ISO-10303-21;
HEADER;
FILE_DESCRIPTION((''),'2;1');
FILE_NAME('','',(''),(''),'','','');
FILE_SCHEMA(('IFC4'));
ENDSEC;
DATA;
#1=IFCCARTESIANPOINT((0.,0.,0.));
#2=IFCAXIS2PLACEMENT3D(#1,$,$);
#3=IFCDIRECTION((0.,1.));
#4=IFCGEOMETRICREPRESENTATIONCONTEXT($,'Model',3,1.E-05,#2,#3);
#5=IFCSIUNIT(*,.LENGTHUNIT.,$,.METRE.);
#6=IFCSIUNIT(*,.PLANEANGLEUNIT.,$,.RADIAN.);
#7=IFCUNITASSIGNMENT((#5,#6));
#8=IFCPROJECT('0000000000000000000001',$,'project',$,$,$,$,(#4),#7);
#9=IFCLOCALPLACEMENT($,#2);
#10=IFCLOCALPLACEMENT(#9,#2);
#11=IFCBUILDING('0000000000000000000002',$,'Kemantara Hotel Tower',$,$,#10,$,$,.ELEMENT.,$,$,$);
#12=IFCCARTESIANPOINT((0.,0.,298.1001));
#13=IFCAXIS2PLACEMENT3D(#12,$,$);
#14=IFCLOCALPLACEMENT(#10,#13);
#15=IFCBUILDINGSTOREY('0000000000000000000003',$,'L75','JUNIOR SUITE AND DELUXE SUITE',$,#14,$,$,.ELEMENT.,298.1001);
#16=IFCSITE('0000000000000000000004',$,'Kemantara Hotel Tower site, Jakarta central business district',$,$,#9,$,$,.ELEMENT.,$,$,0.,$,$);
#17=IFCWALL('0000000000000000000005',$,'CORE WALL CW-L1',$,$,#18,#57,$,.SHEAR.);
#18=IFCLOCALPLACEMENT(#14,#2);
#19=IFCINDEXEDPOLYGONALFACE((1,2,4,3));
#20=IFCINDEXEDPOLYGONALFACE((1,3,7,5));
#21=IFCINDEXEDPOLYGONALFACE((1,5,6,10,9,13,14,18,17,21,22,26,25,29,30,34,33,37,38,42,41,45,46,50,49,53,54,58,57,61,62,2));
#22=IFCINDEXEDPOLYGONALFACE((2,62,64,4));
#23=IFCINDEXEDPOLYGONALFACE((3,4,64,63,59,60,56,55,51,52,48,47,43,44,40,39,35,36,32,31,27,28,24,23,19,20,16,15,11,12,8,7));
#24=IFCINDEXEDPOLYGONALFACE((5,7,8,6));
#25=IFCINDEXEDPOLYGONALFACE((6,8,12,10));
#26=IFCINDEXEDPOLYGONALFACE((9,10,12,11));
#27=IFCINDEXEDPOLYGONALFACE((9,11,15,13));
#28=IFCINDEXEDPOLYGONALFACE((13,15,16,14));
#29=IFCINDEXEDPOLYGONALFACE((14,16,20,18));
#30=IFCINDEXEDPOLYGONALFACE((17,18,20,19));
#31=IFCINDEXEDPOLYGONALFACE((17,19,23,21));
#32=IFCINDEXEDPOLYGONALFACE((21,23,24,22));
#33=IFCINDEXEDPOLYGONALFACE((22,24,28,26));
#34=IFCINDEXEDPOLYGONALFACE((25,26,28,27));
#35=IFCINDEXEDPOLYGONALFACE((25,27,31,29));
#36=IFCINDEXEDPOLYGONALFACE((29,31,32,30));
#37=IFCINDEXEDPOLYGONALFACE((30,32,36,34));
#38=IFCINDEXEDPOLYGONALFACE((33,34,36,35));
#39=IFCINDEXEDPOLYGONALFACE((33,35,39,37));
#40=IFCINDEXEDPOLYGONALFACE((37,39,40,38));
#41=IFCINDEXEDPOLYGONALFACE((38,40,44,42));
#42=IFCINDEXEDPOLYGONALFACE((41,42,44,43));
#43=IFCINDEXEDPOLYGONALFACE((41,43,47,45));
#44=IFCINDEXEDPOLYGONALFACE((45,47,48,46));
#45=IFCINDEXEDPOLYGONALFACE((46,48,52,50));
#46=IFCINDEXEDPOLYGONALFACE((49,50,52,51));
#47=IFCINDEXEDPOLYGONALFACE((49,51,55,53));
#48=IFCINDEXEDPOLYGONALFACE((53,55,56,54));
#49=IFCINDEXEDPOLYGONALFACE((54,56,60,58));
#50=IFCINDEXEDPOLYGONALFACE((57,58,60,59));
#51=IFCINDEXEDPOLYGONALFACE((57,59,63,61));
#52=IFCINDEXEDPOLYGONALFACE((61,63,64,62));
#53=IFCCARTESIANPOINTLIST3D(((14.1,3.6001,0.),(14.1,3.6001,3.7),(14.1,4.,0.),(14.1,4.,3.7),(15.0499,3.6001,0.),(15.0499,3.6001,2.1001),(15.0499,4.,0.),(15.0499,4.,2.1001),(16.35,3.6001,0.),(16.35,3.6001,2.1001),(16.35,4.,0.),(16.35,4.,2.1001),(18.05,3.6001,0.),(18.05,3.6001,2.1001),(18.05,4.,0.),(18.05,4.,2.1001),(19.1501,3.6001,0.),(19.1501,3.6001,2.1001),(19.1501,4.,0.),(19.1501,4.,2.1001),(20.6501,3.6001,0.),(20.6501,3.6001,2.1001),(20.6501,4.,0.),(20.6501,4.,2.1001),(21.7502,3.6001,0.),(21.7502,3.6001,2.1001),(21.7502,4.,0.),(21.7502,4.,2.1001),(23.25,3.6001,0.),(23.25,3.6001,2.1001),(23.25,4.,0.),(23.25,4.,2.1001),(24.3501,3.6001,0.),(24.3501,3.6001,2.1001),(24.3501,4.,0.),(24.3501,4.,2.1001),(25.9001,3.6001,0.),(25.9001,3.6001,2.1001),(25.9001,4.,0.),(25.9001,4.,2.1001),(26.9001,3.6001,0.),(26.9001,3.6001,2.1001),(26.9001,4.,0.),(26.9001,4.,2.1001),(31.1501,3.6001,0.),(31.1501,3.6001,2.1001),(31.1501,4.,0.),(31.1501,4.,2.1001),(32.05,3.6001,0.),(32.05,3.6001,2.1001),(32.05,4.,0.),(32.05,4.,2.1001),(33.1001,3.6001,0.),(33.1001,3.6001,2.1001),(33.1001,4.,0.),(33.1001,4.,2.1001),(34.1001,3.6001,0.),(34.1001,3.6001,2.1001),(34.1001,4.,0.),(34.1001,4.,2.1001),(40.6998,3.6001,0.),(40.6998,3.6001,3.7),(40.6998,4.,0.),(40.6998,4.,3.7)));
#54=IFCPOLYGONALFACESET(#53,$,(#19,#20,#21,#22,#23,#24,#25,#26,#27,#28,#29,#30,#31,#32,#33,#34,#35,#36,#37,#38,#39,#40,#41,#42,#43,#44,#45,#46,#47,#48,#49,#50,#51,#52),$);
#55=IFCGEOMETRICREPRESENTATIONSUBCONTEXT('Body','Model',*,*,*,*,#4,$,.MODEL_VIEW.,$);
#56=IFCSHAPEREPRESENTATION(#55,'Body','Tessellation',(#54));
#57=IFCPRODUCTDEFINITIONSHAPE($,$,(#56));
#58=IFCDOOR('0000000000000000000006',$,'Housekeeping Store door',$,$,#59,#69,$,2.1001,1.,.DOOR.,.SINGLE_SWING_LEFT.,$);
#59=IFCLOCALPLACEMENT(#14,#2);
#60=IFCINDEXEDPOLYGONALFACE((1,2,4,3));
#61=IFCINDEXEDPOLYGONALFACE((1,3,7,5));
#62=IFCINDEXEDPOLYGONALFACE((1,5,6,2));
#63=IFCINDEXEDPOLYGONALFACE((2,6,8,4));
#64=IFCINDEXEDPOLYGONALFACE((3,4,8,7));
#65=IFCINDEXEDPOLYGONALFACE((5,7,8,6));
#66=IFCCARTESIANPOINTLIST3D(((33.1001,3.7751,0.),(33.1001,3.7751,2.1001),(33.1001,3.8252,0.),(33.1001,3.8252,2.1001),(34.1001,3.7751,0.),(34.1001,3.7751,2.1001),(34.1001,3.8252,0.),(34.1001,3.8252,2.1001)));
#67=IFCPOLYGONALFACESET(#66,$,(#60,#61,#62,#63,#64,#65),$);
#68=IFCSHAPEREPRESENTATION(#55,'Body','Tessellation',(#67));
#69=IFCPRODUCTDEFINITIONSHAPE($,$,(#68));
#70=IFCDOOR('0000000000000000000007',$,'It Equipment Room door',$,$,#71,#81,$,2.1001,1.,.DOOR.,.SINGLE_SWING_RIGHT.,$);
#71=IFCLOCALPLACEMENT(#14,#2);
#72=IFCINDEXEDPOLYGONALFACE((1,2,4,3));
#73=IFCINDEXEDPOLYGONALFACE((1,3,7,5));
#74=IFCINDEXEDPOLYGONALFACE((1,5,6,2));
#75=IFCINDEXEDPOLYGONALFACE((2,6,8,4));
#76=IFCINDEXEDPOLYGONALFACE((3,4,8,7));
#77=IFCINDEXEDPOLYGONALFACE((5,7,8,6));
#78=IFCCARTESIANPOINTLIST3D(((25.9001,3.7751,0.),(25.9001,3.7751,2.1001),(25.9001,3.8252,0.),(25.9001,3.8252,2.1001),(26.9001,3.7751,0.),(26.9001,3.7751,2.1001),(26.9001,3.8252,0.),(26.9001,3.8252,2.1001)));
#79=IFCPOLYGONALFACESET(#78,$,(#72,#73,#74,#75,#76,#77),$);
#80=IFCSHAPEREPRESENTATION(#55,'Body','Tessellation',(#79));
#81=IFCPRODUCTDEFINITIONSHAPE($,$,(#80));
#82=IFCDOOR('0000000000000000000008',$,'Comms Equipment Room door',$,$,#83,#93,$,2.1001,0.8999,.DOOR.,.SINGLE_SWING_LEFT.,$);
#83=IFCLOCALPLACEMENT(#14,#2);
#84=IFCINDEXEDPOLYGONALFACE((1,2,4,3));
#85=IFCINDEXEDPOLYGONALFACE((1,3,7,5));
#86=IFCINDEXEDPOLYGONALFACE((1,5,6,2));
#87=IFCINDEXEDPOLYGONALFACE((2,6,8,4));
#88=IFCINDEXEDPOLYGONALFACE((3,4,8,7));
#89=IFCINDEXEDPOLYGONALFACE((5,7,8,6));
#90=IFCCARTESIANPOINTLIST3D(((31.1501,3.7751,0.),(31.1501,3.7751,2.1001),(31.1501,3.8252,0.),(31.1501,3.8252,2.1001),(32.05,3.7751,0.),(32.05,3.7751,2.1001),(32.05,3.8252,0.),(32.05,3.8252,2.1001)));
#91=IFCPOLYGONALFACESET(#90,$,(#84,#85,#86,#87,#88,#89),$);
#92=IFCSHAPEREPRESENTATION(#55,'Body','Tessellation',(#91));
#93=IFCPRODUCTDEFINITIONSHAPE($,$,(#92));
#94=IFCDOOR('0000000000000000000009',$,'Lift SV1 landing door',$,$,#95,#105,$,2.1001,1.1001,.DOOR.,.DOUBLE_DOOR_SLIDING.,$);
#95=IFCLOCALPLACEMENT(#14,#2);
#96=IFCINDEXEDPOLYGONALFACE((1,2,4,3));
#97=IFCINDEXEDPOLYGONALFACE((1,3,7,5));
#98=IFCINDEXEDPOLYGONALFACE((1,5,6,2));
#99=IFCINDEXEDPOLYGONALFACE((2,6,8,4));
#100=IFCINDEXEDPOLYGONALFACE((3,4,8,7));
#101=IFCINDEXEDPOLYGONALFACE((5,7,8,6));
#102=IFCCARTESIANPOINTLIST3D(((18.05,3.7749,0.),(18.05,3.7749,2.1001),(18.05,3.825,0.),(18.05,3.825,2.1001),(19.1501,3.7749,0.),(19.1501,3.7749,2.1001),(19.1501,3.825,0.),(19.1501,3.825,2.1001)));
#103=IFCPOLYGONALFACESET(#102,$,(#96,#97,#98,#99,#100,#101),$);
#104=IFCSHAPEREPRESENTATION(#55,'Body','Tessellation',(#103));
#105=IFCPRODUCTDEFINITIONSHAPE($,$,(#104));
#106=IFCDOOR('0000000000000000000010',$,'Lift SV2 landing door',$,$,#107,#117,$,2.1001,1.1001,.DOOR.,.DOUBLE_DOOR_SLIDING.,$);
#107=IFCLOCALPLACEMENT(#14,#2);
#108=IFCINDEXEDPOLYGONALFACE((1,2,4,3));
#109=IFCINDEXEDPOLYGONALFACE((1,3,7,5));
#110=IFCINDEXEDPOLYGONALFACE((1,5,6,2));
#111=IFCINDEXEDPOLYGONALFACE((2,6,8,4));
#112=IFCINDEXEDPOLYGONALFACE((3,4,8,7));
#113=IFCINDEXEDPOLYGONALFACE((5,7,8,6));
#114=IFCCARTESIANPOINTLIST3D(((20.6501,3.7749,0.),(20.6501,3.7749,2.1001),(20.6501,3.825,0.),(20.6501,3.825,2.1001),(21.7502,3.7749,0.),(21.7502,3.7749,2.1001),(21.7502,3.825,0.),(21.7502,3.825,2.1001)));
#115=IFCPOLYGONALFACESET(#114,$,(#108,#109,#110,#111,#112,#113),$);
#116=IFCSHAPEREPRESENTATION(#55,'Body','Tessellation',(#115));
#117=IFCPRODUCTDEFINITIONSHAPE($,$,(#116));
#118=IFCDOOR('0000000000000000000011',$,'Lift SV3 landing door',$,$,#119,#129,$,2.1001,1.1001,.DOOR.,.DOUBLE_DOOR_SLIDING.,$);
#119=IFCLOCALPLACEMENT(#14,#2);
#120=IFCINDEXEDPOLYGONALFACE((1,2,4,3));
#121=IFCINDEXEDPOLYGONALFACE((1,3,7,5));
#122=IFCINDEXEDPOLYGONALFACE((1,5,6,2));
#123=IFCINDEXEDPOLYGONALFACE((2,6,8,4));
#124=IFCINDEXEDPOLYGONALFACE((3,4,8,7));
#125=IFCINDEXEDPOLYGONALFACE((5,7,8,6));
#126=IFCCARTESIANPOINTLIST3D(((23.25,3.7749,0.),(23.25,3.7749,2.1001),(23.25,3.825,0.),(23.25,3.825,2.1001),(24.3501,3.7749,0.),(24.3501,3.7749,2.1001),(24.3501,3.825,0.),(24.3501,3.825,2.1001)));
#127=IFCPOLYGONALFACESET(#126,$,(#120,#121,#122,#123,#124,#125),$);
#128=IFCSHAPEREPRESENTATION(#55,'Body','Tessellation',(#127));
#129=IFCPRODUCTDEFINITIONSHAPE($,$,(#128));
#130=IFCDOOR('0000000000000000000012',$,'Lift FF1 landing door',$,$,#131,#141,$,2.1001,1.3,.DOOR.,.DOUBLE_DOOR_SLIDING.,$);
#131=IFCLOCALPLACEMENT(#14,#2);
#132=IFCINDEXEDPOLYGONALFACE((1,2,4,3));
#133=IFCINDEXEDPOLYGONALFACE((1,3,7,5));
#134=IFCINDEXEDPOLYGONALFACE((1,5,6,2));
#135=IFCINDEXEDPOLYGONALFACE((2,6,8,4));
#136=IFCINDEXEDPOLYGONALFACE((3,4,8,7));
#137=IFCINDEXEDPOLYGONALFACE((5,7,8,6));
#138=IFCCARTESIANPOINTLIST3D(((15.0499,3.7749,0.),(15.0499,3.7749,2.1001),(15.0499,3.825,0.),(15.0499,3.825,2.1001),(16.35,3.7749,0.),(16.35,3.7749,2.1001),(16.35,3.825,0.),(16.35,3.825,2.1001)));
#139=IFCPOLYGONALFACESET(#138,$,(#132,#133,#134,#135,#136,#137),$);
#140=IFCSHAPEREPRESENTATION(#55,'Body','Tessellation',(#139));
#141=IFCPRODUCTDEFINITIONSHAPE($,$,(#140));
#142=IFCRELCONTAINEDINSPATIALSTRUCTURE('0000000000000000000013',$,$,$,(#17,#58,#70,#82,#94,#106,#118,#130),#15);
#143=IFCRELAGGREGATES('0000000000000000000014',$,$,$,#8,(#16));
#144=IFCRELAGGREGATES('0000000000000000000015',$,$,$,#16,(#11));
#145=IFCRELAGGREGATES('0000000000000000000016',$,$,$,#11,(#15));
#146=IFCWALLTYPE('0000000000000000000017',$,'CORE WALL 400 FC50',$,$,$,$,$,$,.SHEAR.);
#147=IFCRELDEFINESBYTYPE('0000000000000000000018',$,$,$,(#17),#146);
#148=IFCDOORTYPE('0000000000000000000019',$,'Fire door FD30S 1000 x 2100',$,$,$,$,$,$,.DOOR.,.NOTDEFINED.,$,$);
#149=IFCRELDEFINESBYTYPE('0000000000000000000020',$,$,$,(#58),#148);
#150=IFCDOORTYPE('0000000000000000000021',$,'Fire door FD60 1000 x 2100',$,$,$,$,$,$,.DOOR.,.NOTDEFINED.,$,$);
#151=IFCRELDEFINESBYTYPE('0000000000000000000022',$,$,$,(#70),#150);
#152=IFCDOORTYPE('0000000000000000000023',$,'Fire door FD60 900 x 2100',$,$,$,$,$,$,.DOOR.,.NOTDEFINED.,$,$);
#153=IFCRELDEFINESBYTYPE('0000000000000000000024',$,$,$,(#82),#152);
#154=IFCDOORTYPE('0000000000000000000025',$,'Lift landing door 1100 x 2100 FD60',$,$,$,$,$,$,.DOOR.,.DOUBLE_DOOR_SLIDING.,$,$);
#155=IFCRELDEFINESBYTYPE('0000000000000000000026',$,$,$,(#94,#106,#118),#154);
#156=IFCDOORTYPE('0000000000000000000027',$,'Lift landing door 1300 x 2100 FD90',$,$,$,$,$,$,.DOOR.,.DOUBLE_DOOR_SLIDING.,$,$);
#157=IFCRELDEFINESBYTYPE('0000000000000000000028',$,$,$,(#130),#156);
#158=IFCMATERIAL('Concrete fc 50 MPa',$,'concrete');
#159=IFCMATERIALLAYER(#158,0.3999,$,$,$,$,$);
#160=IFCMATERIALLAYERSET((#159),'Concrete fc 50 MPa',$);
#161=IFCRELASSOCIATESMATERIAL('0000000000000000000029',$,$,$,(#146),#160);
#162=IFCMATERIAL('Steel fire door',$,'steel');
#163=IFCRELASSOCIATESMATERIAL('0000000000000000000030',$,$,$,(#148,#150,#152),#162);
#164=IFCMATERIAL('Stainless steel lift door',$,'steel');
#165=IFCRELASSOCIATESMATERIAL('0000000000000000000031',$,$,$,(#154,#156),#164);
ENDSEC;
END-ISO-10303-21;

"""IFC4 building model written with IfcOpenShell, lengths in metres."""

from ifc_helpers import new_model, si_unit, direction, frame, frame_2d, origin, place, context, subcontext, project, spatial, rectangle, extrude, material, layer, layer_set, type_object, element, fill, save


model = new_model("IFC4")

# Units and contexts
model_context = context("Model", 3, precision=1e-05, world=origin(), true_north=direction((0.0, 1.0)))
body_context = subcontext(model_context, "Body", "Model", "MODEL_VIEW")
ifc_project = project(units=[si_unit("LENGTHUNIT", "METRE"), si_unit("PLANEANGLEUNIT", "RADIAN")], contexts=[model_context])

# Site, building, storey
site_placement = place(None, origin())
site = spatial("IfcSite", under=ifc_project, at=site_placement, Name="Kemantara Hotel Tower site, Jakarta central business district", CompositionType="ELEMENT", RefElevation=0.0)
building_placement = place(site_placement, origin())
building = spatial("IfcBuilding", under=site, at=building_placement, Name="Kemantara Hotel Tower", CompositionType="ELEMENT")
storey_placement = place(building_placement, frame((0.0, 0.0, 298.1001)))
storey = spatial("IfcBuildingStorey", under=building, at=storey_placement, Name="L75", Description="JUNIOR SUITE AND DELUXE SUITE", CompositionType="ELEMENT", Elevation=298.1001)

# Shared definitions
ifc_material_1 = material(Name="Concrete fc 50 MPa", Category="concrete")

# Shared definitions
ifc_layer_1 = layer(ifc_material_1, 0.3999)
ifc_layer_set_1 = layer_set([ifc_layer_1], Name="Concrete fc 50 MPa")
wall_type_1 = type_object("IfcWallType", Name="CORE WALL 400 FC50", PredefinedType="SHEAR", material=ifc_layer_set_1)
ifc_material_2 = material(Name="Steel fire door", Category="steel")
door_type_1 = type_object("IfcDoorType", Name="Fire door FD30S 1000 x 2100", OperationType="NOTDEFINED", PredefinedType="DOOR", material=ifc_material_2)

# Wall, openings, doors
wall_1_placement = place(storey_placement, frame((14.1001, 3.8, 0.0), z_axis=(0.0, 0.0, 1.0), x_axis=(1.0, 0.0, 0.0)))
wall_1 = element("IfcWall", 1, at=wall_1_placement, inside=storey, type_object=wall_type_1, Name="CORE WALL CW-L1", PredefinedType="SHEAR", context=body_context, shape_type="SweptSolid", body=[
    extrude(rectangle(XDim=26.5999, YDim=0.3999, at=frame_2d((13.2998, 0.0))), origin(), (0.0, 0.0, 1.0), 3.7),
])
opening_1_placement = place(wall_1_placement, frame((0.95, 0.0, 0.0)))
opening_1 = element("IfcOpeningElement", 2, at=opening_1_placement, cuts=wall_1, PredefinedType="OPENING", context=body_context, shape_type="SweptSolid", body=[
    extrude(rectangle(XDim=1.3, YDim=2.1001, at=frame_2d((0.6499, 1.05))), frame((0.0, 0.21, 0.0), z_axis=(0.0, -1.0, 0.0), x_axis=(1.0, 0.0, 0.0)), (0.0, 0.0, 1.0), 0.4199),
])
opening_2_placement = place(wall_1_placement, frame((3.95, 0.0, 0.0)))
opening_2 = element("IfcOpeningElement", 3, at=opening_2_placement, cuts=wall_1, PredefinedType="OPENING", context=body_context, shape_type="SweptSolid", body=[
    extrude(rectangle(XDim=1.1001, YDim=2.1001, at=frame_2d((0.55, 1.05))), frame((0.0, 0.21, 0.0), z_axis=(0.0, -1.0, 0.0), x_axis=(1.0, 0.0, 0.0)), (0.0, 0.0, 1.0), 0.4199),
])
opening_3_placement = place(wall_1_placement, frame((6.55, 0.0, 0.0)))
opening_3 = element("IfcOpeningElement", 4, at=opening_3_placement, cuts=wall_1, PredefinedType="OPENING", context=body_context, shape_type="SweptSolid", body=[
    extrude(rectangle(XDim=1.1001, YDim=2.1001, at=frame_2d((0.55, 1.05))), frame((0.0, 0.21, 0.0), z_axis=(0.0, -1.0, 0.0), x_axis=(1.0, 0.0, 0.0)), (0.0, 0.0, 1.0), 0.4199),
])
opening_4_placement = place(wall_1_placement, frame((9.1499, 0.0, 0.0)))
opening_4 = element("IfcOpeningElement", 5, at=opening_4_placement, cuts=wall_1, PredefinedType="OPENING", context=body_context, shape_type="SweptSolid", body=[
    extrude(rectangle(XDim=1.1001, YDim=2.1001, at=frame_2d((0.55, 1.05))), frame((0.0, 0.21, 0.0), z_axis=(0.0, -1.0, 0.0), x_axis=(1.0, 0.0, 0.0)), (0.0, 0.0, 1.0), 0.4199),
])
opening_5_placement = place(wall_1_placement, frame((11.8, 0.0, 0.0)))
opening_5 = element("IfcOpeningElement", 6, at=opening_5_placement, cuts=wall_1, PredefinedType="OPENING", context=body_context, shape_type="SweptSolid", body=[
    extrude(rectangle(XDim=1.0, YDim=2.1001, at=frame_2d((0.5, 1.05))), frame((0.0, 0.21, 0.0), z_axis=(0.0, -1.0, 0.0), x_axis=(1.0, 0.0, 0.0)), (0.0, 0.0, 1.0), 0.4199),
])
opening_6_placement = place(wall_1_placement, frame((17.05, 0.0, 0.0)))
opening_6 = element("IfcOpeningElement", 7, at=opening_6_placement, cuts=wall_1, PredefinedType="OPENING", context=body_context, shape_type="SweptSolid", body=[
    extrude(rectangle(XDim=0.8999, YDim=2.1001, at=frame_2d((0.45, 1.05))), frame((0.0, 0.21, 0.0), z_axis=(0.0, -1.0, 0.0), x_axis=(1.0, 0.0, 0.0)), (0.0, 0.0, 1.0), 0.4199),
])
opening_7_placement = place(wall_1_placement, frame((19.0, 0.0, 0.0)))
opening_7 = element("IfcOpeningElement", 8, at=opening_7_placement, cuts=wall_1, PredefinedType="OPENING", context=body_context, shape_type="SweptSolid", body=[
    extrude(rectangle(XDim=1.0, YDim=2.1001, at=frame_2d((0.5, 1.05))), frame((0.0, 0.21, 0.0), z_axis=(0.0, -1.0, 0.0), x_axis=(1.0, 0.0, 0.0)), (0.0, 0.0, 1.0), 0.4199),
])
door_1_placement = place(opening_7_placement, frame((1.0, 0.0, 0.0), z_axis=(0.0, 0.0, 1.0), x_axis=(-1.0, 0.0, 0.0)))
door_1 = element("IfcDoor", 9, at=door_1_placement, inside=storey, type_object=door_type_1, Name="Housekeeping Store door", OperationType="SINGLE_SWING_LEFT", OverallHeight=2.1001, OverallWidth=1.0, PredefinedType="DOOR", context=body_context, shape_type="SweptSolid", body=[
    extrude(rectangle(XDim=1.0, YDim=2.1001, at=frame_2d((0.5, 1.05))), frame((0.0, 0.0249, 0.0), z_axis=(0.0, -1.0, 0.0), x_axis=(1.0, 0.0, 0.0)), (0.0, 0.0, 1.0), 0.05),
])
fill(opening_7, door_1)
door_type_2 = type_object("IfcDoorType", Name="Fire door FD60 1000 x 2100", OperationType="NOTDEFINED", PredefinedType="DOOR", material=ifc_material_2)
door_2_placement = place(opening_5_placement, frame((1.0, 0.0, 0.0), z_axis=(0.0, 0.0, 1.0), x_axis=(-1.0, 0.0, 0.0)))
door_2 = element("IfcDoor", 10, at=door_2_placement, inside=storey, type_object=door_type_2, Name="It Equipment Room door", OperationType="SINGLE_SWING_RIGHT", OverallHeight=2.1001, OverallWidth=1.0, PredefinedType="DOOR", context=body_context, shape_type="SweptSolid", body=[
    extrude(rectangle(XDim=1.0, YDim=2.1001, at=frame_2d((0.5, 1.05))), frame((0.0, 0.0249, 0.0), z_axis=(0.0, -1.0, 0.0), x_axis=(1.0, 0.0, 0.0)), (0.0, 0.0, 1.0), 0.05),
])
fill(opening_5, door_2)
door_type_3 = type_object("IfcDoorType", Name="Fire door FD60 900 x 2100", OperationType="NOTDEFINED", PredefinedType="DOOR", material=ifc_material_2)
door_3_placement = place(opening_6_placement, frame((0.8999, 0.0, 0.0), z_axis=(0.0, 0.0, 1.0), x_axis=(-1.0, 0.0, 0.0)))
door_3 = element("IfcDoor", 11, at=door_3_placement, inside=storey, type_object=door_type_3, Name="Comms Equipment Room door", OperationType="SINGLE_SWING_LEFT", OverallHeight=2.1001, OverallWidth=0.8999, PredefinedType="DOOR", context=body_context, shape_type="SweptSolid", body=[
    extrude(rectangle(XDim=0.8999, YDim=2.1001, at=frame_2d((0.45, 1.05))), frame((0.0, 0.0249, 0.0), z_axis=(0.0, -1.0, 0.0), x_axis=(1.0, 0.0, 0.0)), (0.0, 0.0, 1.0), 0.05),
])
fill(opening_6, door_3)
ifc_material_3 = material(Name="Stainless steel lift door", Category="steel")
door_type_4 = type_object("IfcDoorType", Name="Lift landing door 1100 x 2100 FD60", OperationType="DOUBLE_DOOR_SLIDING", PredefinedType="DOOR", material=ifc_material_3)
door_4_placement = place(opening_2_placement, origin())
door_4 = element("IfcDoor", 12, at=door_4_placement, inside=storey, type_object=door_type_4, Name="Lift SV1 landing door", OperationType="DOUBLE_DOOR_SLIDING", OverallHeight=2.1001, OverallWidth=1.1001, PredefinedType="DOOR", context=body_context, shape_type="SweptSolid", body=[
    extrude(rectangle(XDim=1.1001, YDim=2.1001, at=frame_2d((0.55, 1.05))), frame((0.0, 0.0249, 0.0), z_axis=(0.0, -1.0, 0.0), x_axis=(1.0, 0.0, 0.0)), (0.0, 0.0, 1.0), 0.05),
])
fill(opening_2, door_4)
door_5_placement = place(opening_3_placement, origin())
door_5 = element("IfcDoor", 13, at=door_5_placement, inside=storey, type_object=door_type_4, Name="Lift SV2 landing door", OperationType="DOUBLE_DOOR_SLIDING", OverallHeight=2.1001, OverallWidth=1.1001, PredefinedType="DOOR", context=body_context, shape_type="SweptSolid", body=[
    extrude(rectangle(XDim=1.1001, YDim=2.1001, at=frame_2d((0.55, 1.05))), frame((0.0, 0.0249, 0.0), z_axis=(0.0, -1.0, 0.0), x_axis=(1.0, 0.0, 0.0)), (0.0, 0.0, 1.0), 0.05),
])
fill(opening_3, door_5)
door_6_placement = place(opening_4_placement, origin())
door_6 = element("IfcDoor", 14, at=door_6_placement, inside=storey, type_object=door_type_4, Name="Lift SV3 landing door", OperationType="DOUBLE_DOOR_SLIDING", OverallHeight=2.1001, OverallWidth=1.1001, PredefinedType="DOOR", context=body_context, shape_type="SweptSolid", body=[
    extrude(rectangle(XDim=1.1001, YDim=2.1001, at=frame_2d((0.55, 1.05))), frame((0.0, 0.0249, 0.0), z_axis=(0.0, -1.0, 0.0), x_axis=(1.0, 0.0, 0.0)), (0.0, 0.0, 1.0), 0.05),
])
fill(opening_4, door_6)
door_type_5 = type_object("IfcDoorType", Name="Lift landing door 1300 x 2100 FD90", OperationType="DOUBLE_DOOR_SLIDING", PredefinedType="DOOR", material=ifc_material_3)
door_7_placement = place(opening_1_placement, origin())
door_7 = element("IfcDoor", 15, at=door_7_placement, inside=storey, type_object=door_type_5, Name="Lift FF1 landing door", OperationType="DOUBLE_DOOR_SLIDING", OverallHeight=2.1001, OverallWidth=1.3, PredefinedType="DOOR", context=body_context, shape_type="SweptSolid", body=[
    extrude(rectangle(XDim=1.3, YDim=2.1001, at=frame_2d((0.6499, 1.05))), frame((0.0, 0.0249, 0.0), z_axis=(0.0, -1.0, 0.0), x_axis=(1.0, 0.0, 0.0)), (0.0, 0.0, 1.0), 0.05),
])
fill(opening_1, door_7)

save(model, "model.ifc")
